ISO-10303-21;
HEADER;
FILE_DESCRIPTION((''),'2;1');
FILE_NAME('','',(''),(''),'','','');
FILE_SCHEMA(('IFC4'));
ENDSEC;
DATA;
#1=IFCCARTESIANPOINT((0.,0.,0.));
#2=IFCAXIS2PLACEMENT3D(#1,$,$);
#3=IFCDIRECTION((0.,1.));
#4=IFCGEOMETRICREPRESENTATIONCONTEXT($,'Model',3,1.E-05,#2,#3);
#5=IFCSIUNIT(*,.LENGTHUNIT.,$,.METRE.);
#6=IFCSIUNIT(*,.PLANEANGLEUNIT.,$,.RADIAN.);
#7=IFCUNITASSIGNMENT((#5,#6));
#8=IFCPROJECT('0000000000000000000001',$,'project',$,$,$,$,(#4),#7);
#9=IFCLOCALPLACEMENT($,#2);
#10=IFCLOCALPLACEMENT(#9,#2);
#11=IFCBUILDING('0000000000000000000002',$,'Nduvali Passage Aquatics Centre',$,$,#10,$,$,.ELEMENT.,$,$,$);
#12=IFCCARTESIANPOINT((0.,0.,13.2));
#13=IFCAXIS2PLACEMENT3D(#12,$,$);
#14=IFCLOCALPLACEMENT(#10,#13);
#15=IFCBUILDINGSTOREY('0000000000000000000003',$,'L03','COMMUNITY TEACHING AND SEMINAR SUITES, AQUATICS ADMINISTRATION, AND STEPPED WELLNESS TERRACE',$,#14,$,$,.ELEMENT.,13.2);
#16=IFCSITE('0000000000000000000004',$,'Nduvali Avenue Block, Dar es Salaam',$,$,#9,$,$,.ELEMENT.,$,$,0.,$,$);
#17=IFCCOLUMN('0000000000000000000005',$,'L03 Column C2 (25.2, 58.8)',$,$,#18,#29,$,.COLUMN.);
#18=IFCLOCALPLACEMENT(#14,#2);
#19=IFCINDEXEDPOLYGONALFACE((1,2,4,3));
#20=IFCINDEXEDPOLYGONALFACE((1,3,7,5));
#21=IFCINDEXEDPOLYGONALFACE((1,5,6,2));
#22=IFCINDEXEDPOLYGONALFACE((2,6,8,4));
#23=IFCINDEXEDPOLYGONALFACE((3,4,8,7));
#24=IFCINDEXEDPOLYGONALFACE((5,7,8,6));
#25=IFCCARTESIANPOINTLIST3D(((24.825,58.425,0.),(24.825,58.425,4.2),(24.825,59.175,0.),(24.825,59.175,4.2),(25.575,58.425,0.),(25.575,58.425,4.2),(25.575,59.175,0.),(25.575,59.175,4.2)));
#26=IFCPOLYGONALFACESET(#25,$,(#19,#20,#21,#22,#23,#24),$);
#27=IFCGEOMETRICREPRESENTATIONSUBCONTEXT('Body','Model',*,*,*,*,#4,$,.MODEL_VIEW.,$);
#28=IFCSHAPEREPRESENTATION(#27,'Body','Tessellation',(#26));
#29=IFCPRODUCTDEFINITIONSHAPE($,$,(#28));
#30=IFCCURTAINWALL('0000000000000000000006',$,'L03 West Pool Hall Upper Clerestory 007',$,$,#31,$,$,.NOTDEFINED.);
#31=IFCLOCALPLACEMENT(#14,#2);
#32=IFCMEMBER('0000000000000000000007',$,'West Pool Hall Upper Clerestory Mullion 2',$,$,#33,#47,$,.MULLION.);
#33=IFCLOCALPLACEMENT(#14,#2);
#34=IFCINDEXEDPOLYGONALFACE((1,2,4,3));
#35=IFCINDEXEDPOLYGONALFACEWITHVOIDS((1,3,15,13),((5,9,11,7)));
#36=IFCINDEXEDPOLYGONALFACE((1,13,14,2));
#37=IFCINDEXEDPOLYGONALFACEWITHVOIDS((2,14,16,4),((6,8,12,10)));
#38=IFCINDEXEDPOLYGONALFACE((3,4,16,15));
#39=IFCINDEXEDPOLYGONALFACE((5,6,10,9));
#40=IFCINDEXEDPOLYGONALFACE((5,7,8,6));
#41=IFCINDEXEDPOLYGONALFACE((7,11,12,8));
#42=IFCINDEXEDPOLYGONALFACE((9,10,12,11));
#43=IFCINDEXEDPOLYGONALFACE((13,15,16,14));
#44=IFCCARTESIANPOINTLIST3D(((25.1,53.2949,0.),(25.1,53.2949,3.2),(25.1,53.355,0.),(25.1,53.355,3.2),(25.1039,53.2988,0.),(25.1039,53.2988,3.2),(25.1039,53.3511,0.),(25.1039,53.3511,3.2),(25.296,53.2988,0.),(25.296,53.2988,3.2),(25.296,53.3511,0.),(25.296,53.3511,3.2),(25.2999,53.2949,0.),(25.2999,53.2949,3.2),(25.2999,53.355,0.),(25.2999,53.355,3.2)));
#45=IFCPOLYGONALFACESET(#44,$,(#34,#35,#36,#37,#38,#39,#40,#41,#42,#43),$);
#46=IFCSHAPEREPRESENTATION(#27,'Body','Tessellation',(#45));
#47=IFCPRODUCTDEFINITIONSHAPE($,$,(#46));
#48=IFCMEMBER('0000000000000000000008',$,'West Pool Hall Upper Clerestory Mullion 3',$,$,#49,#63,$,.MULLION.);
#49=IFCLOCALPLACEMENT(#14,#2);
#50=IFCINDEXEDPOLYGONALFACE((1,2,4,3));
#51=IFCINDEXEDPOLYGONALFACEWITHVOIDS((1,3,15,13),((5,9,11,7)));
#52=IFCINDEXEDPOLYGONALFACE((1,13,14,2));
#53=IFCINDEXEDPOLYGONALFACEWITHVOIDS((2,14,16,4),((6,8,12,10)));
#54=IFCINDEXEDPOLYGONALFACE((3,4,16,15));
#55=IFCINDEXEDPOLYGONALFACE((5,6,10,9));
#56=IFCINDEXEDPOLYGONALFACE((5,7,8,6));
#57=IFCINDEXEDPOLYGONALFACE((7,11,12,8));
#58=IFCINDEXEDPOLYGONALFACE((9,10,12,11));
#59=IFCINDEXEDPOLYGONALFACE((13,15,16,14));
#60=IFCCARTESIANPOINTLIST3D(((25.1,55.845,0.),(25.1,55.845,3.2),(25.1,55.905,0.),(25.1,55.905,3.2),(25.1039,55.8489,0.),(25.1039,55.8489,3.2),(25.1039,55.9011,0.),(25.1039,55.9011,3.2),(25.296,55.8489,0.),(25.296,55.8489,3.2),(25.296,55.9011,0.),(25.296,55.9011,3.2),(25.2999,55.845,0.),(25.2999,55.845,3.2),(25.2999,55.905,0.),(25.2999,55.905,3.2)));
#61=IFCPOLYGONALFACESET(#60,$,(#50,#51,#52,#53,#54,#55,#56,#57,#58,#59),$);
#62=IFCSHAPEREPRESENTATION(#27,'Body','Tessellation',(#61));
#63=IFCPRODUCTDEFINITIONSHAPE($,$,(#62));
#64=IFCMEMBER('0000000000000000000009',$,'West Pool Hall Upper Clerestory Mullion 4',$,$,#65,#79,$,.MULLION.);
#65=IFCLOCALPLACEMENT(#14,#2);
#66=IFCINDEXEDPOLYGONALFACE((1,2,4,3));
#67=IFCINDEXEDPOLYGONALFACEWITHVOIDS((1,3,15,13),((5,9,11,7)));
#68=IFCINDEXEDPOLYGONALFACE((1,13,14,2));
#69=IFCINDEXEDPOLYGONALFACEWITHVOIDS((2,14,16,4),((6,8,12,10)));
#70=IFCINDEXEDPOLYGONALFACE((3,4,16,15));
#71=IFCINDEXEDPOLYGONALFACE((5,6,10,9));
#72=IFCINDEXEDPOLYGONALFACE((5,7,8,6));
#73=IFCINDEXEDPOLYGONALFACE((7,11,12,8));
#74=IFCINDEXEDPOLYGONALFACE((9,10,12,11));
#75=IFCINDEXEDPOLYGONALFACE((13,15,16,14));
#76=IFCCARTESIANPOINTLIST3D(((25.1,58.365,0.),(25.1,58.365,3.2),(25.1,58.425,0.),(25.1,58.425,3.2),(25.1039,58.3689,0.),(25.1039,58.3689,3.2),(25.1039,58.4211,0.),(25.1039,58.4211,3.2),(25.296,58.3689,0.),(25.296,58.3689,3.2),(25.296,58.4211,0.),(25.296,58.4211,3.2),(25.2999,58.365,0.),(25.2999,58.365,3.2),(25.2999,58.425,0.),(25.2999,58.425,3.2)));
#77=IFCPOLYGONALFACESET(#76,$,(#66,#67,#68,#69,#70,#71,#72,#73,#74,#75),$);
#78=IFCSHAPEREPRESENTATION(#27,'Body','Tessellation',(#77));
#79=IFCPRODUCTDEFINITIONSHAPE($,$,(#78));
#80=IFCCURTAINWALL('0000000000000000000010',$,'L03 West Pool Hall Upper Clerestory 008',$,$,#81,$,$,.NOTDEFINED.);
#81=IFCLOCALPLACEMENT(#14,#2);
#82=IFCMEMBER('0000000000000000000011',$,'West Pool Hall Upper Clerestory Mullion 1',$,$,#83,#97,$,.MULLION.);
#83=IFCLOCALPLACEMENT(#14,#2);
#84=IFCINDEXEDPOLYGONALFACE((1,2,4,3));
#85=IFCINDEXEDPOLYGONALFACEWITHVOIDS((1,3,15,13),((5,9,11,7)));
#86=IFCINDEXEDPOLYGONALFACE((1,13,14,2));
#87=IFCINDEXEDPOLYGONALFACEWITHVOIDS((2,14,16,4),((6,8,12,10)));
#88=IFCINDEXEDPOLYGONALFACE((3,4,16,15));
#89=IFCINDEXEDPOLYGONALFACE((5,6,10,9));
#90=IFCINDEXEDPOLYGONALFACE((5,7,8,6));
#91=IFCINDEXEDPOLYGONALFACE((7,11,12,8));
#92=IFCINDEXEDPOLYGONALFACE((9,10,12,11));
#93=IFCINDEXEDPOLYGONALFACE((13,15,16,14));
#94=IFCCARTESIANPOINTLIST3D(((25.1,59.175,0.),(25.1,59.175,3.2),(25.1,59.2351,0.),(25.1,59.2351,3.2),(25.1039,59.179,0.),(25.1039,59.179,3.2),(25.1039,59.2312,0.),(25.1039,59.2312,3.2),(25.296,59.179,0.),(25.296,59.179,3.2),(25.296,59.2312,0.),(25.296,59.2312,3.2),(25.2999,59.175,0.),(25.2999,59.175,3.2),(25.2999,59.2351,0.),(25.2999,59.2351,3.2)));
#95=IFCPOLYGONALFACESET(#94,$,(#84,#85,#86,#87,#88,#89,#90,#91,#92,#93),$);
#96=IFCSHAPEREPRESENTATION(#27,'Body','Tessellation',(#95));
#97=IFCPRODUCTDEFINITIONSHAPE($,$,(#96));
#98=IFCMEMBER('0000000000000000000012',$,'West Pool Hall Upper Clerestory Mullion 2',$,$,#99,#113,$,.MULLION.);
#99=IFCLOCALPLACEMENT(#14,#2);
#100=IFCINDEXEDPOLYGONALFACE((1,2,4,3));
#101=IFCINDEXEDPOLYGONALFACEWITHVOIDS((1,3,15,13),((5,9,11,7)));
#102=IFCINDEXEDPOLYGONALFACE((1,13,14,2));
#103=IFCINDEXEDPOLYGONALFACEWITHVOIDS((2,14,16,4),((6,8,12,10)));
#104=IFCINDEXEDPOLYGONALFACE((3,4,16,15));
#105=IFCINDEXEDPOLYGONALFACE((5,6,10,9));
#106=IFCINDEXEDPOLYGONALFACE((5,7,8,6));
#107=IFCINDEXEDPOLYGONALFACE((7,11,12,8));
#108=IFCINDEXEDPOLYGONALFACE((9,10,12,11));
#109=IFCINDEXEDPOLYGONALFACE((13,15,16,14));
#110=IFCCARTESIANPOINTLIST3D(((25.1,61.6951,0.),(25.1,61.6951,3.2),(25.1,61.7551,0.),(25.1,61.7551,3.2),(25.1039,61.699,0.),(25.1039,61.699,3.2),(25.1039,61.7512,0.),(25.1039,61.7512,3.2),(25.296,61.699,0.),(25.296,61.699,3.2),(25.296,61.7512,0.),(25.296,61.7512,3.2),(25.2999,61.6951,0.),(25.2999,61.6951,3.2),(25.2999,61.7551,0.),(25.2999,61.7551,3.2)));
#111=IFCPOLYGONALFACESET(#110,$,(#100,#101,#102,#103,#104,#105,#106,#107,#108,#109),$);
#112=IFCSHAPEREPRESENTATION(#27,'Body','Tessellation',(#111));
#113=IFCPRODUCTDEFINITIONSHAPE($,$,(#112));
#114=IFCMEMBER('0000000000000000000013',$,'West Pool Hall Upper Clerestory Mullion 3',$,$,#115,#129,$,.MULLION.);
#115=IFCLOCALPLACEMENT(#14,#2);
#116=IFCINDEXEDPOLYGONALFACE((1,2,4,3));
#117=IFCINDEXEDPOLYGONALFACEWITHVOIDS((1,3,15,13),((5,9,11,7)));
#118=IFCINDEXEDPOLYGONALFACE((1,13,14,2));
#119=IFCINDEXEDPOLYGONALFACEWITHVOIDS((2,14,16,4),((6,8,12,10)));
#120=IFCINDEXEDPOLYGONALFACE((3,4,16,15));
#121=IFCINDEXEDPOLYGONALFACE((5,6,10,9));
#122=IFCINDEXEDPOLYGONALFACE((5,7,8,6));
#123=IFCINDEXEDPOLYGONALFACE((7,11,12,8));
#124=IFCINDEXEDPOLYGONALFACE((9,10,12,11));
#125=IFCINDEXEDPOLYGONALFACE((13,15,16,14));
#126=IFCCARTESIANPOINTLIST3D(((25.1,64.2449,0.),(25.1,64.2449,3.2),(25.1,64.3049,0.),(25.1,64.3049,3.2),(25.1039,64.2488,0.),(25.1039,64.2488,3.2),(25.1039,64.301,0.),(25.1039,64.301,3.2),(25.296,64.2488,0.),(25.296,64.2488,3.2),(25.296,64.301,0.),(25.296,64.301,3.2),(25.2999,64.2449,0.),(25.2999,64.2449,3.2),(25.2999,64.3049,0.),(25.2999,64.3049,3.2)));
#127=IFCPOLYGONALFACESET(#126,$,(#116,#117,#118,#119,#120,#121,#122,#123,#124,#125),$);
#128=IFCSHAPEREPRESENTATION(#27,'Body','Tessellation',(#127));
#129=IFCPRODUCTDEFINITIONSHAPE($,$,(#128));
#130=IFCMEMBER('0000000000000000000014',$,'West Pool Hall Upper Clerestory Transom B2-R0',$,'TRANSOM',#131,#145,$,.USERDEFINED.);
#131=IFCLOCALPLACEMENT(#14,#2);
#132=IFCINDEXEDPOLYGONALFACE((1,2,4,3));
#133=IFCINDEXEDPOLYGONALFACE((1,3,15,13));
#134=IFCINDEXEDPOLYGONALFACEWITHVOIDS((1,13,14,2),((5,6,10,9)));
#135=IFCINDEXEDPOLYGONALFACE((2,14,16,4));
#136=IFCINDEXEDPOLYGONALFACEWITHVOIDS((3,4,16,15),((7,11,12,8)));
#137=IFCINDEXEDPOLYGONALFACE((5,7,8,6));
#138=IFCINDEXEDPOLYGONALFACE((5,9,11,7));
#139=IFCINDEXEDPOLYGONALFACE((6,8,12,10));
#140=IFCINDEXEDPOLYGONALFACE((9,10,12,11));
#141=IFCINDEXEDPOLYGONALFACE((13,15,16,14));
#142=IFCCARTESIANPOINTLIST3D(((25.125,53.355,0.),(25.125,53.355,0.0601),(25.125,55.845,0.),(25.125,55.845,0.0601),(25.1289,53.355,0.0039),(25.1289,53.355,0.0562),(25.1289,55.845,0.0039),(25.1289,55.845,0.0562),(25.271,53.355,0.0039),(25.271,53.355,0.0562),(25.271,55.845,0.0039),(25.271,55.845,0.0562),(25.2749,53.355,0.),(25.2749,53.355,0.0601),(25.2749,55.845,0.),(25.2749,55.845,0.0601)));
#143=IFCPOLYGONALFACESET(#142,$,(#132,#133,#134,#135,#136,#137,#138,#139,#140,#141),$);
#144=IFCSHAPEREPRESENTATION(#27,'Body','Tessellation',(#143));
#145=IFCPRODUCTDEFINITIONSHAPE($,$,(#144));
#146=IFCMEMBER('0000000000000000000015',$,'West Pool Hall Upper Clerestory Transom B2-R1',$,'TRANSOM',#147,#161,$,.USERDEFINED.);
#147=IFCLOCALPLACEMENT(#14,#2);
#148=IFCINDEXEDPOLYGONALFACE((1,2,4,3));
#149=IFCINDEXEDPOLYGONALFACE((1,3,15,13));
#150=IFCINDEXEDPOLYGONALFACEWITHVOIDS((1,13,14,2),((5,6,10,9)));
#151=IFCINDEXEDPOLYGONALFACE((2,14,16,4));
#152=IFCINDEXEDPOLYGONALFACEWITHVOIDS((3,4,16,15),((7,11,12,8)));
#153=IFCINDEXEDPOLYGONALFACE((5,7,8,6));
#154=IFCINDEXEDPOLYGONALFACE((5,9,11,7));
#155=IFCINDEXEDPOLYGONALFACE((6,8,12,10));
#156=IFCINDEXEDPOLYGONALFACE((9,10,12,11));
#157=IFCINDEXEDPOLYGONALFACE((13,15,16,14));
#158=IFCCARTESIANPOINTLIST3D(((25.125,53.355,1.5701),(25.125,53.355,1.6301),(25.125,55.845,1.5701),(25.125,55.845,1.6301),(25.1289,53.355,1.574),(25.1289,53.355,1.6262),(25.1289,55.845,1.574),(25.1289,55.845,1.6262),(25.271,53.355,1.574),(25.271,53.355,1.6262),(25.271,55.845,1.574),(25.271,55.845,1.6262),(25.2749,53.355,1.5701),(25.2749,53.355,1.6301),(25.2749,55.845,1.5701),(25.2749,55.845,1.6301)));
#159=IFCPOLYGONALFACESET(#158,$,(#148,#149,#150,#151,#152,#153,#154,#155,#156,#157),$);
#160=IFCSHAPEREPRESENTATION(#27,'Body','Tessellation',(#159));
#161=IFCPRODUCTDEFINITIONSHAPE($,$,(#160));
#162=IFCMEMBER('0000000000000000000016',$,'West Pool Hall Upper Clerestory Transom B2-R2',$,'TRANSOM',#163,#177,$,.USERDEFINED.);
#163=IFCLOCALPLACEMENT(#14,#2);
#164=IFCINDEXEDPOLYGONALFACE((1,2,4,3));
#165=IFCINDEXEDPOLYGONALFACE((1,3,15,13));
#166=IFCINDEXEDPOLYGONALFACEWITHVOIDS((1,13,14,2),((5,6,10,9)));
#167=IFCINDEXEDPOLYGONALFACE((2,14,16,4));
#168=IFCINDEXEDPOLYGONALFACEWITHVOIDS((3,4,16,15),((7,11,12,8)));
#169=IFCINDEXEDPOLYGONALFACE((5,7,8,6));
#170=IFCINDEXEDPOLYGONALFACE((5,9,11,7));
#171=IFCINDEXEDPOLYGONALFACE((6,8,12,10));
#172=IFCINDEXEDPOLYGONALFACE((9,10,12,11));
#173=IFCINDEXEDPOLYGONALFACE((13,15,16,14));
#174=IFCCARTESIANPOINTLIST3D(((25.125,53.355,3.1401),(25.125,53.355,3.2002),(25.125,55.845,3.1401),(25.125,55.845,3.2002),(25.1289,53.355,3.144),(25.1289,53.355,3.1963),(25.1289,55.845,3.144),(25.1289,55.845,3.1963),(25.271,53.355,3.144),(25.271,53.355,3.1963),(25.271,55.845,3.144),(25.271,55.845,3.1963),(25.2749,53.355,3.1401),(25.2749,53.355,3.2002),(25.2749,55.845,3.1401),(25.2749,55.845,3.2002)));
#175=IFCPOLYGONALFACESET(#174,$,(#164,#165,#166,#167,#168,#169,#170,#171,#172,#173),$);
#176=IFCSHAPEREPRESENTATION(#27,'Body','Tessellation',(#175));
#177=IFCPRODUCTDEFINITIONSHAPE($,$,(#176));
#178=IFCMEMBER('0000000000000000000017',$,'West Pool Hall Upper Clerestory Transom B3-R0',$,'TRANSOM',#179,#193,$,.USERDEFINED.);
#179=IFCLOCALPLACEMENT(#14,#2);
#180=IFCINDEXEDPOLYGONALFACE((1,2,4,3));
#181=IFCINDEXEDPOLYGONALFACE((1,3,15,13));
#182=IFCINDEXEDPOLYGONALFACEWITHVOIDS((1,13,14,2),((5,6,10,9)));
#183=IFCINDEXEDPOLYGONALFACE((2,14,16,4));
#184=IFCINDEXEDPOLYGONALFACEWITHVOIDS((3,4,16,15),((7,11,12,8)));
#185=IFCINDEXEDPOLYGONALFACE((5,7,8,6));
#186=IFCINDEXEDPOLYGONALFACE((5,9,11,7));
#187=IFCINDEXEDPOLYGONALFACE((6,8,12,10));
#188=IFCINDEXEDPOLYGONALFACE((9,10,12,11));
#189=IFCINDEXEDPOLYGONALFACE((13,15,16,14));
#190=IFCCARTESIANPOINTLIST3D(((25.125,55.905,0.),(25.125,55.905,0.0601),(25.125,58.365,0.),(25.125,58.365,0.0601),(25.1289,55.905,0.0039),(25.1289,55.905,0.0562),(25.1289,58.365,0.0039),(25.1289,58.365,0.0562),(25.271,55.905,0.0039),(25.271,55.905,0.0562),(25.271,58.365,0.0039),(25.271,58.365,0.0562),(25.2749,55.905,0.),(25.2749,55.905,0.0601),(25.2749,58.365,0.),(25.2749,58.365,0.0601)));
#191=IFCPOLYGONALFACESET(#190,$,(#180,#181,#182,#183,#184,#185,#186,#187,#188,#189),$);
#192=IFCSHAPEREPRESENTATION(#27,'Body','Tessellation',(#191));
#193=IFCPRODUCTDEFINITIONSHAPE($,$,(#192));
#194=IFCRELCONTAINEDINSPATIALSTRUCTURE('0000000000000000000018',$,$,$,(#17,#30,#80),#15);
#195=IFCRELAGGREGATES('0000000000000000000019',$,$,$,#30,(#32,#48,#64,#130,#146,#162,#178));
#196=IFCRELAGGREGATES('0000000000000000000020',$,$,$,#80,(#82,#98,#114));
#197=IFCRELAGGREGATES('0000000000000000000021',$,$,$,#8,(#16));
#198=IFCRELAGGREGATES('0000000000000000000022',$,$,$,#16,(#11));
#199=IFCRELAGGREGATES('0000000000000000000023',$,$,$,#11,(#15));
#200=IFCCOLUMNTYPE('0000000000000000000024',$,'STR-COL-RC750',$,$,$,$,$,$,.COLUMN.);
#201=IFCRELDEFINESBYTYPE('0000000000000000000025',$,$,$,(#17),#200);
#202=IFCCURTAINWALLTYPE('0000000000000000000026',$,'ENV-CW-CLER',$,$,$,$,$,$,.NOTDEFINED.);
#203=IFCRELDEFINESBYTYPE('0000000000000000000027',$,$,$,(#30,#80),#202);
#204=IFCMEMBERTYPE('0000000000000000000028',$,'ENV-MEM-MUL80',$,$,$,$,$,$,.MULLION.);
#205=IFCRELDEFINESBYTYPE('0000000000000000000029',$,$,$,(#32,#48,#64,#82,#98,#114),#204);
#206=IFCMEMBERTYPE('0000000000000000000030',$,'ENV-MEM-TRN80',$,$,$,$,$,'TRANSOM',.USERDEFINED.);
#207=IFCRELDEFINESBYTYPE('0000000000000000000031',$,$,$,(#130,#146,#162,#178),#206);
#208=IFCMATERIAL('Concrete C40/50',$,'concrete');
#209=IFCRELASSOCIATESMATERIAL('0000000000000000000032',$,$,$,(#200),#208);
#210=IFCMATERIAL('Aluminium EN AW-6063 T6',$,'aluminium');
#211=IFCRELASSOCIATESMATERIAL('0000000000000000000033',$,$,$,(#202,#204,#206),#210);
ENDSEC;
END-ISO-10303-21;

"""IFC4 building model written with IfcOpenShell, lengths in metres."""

from ifc_helpers import new_model, si_unit, direction, frame, origin, origin_2d, place, context, subcontext, project, spatial, rectangle, hollow_rectangle, extrude, material, material_profile, profile_set, type_object, element, aggregate, save


model = new_model("IFC4")

# Units and contexts
model_context = context("Model", 3, precision=1e-05, world=origin(), true_north=direction((0.0, 1.0)))
body_context = subcontext(model_context, "Body", "Model", "MODEL_VIEW")
ifc_project = project(units=[si_unit("LENGTHUNIT", "METRE"), si_unit("PLANEANGLEUNIT", "RADIAN")], contexts=[model_context])

# Site, building, storey
site_placement = place(None, origin())
site = spatial("IfcSite", under=ifc_project, at=site_placement, Name="Nduvali Avenue Block, Dar es Salaam", CompositionType="ELEMENT", RefElevation=0.0)
building_placement = place(site_placement, origin())
building = spatial("IfcBuilding", under=site, at=building_placement, Name="Nduvali Passage Aquatics Centre", CompositionType="ELEMENT")
storey_placement = place(building_placement, frame((0.0, 0.0, 13.2)))
storey = spatial("IfcBuildingStorey", under=building, at=storey_placement, Name="L03", Description="COMMUNITY TEACHING AND SEMINAR SUITES, AQUATICS ADMINISTRATION, AND STEPPED WELLNESS TERRACE", CompositionType="ELEMENT", Elevation=13.2)

# Column
ifc_material_1 = material(Name="Concrete C40/50", Category="concrete")
ifc_material_profile_1 = material_profile(ifc_material_1, rectangle(XDim=0.75, YDim=0.75, at=origin_2d()), Name="RC 750x750")
ifc_profile_set_1 = profile_set([ifc_material_profile_1], Name="Concrete C40/50")
column_type = type_object("IfcColumnType", Name="STR-COL-RC750", PredefinedType="COLUMN", material=ifc_profile_set_1)
column_placement = place(storey_placement, frame((25.2, 58.8, 0.0), z_axis=(0.0, 0.0, 1.0), x_axis=(1.0, 0.0, 0.0)))
element("IfcColumn", 1, at=column_placement, inside=storey, type_object=column_type, Name="L03 Column C2 (25.2, 58.8)", PredefinedType="COLUMN", context=body_context, shape_type="SweptSolid", body=[
    extrude(rectangle(XDim=0.75, YDim=0.75, at=origin_2d()), origin(), (0.0, 0.0, 1.0), 4.2),
])

# Curtain walls, members
ifc_material_2 = material(Name="Aluminium EN AW-6063 T6", Category="aluminium")
curtain_wall_type = type_object("IfcCurtainWallType", Name="ENV-CW-CLER", PredefinedType="NOTDEFINED", material=ifc_material_2)
curtain_wall_1_placement = place(storey_placement, origin())
curtain_wall_1 = element("IfcCurtainWall", 2, at=curtain_wall_1_placement, inside=storey, type_object=curtain_wall_type, Name="L03 West Pool Hall Upper Clerestory 007", PredefinedType="NOTDEFINED")
ifc_material_profile_2 = material_profile(ifc_material_2, hollow_rectangle(XDim=0.0601, YDim=0.2, WallThickness=0.0039, at=origin_2d()), Name="ALU MULLION 60x200x4")
ifc_profile_set_2 = profile_set([ifc_material_profile_2], Name="Aluminium EN AW-6063 T6")
member_type_1 = type_object("IfcMemberType", Name="ENV-MEM-MUL80", PredefinedType="MULLION", material=ifc_profile_set_2)
member_1_placement = place(storey_placement, frame((25.2, 53.325, 0.0), z_axis=(0.0, 0.0, 1.0), x_axis=(0.0, 1.0, 0.0)))
member_1 = element("IfcMember", 3, at=member_1_placement, type_object=member_type_1, Name="West Pool Hall Upper Clerestory Mullion 2", PredefinedType="MULLION", context=body_context, shape_type="SweptSolid", body=[
    extrude(hollow_rectangle(XDim=0.0601, YDim=0.2, WallThickness=0.0039, at=origin_2d()), origin(), (0.0, 0.0, 1.0), 3.2),
])
member_2_placement = place(storey_placement, frame((25.2, 55.875, 0.0), z_axis=(0.0, 0.0, 1.0), x_axis=(0.0, 1.0, 0.0)))
member_2 = element("IfcMember", 4, at=member_2_placement, type_object=member_type_1, Name="West Pool Hall Upper Clerestory Mullion 3", PredefinedType="MULLION", context=body_context, shape_type="SweptSolid", body=[
    extrude(hollow_rectangle(XDim=0.0601, YDim=0.2, WallThickness=0.0039, at=origin_2d()), origin(), (0.0, 0.0, 1.0), 3.2),
])
member_3_placement = place(storey_placement, frame((25.2, 58.395, 0.0), z_axis=(0.0, 0.0, 1.0), x_axis=(0.0, 1.0, 0.0)))
member_3 = element("IfcMember", 5, at=member_3_placement, type_object=member_type_1, Name="West Pool Hall Upper Clerestory Mullion 4", PredefinedType="MULLION", context=body_context, shape_type="SweptSolid", body=[
    extrude(hollow_rectangle(XDim=0.0601, YDim=0.2, WallThickness=0.0039, at=origin_2d()), origin(), (0.0, 0.0, 1.0), 3.2),
])
curtain_wall_2_placement = place(storey_placement, origin())
curtain_wall_2 = element("IfcCurtainWall", 6, at=curtain_wall_2_placement, inside=storey, type_object=curtain_wall_type, Name="L03 West Pool Hall Upper Clerestory 008", PredefinedType="NOTDEFINED")
member_4_placement = place(storey_placement, frame((25.2, 59.2051, 0.0), z_axis=(0.0, 0.0, 1.0), x_axis=(0.0, 1.0, 0.0)))
member_4 = element("IfcMember", 7, at=member_4_placement, type_object=member_type_1, Name="West Pool Hall Upper Clerestory Mullion 1", PredefinedType="MULLION", context=body_context, shape_type="SweptSolid", body=[
    extrude(hollow_rectangle(XDim=0.0601, YDim=0.2, WallThickness=0.0039, at=origin_2d()), origin(), (0.0, 0.0, 1.0), 3.2),
])
member_5_placement = place(storey_placement, frame((25.2, 61.7251, 0.0), z_axis=(0.0, 0.0, 1.0), x_axis=(0.0, 1.0, 0.0)))
member_5 = element("IfcMember", 8, at=member_5_placement, type_object=member_type_1, Name="West Pool Hall Upper Clerestory Mullion 2", PredefinedType="MULLION", context=body_context, shape_type="SweptSolid", body=[
    extrude(hollow_rectangle(XDim=0.0601, YDim=0.2, WallThickness=0.0039, at=origin_2d()), origin(), (0.0, 0.0, 1.0), 3.2),
])
member_6_placement = place(storey_placement, frame((25.2, 64.2749, 0.0), z_axis=(0.0, 0.0, 1.0), x_axis=(0.0, 1.0, 0.0)))
member_6 = element("IfcMember", 9, at=member_6_placement, type_object=member_type_1, Name="West Pool Hall Upper Clerestory Mullion 3", PredefinedType="MULLION", context=body_context, shape_type="SweptSolid", body=[
    extrude(hollow_rectangle(XDim=0.0601, YDim=0.2, WallThickness=0.0039, at=origin_2d()), origin(), (0.0, 0.0, 1.0), 3.2),
])

# Members
ifc_material_profile_3 = material_profile(ifc_material_2, hollow_rectangle(XDim=0.1499, YDim=0.0601, WallThickness=0.0039, at=origin_2d()), Name="ALU TRANSOM 150x60x4")
ifc_profile_set_3 = profile_set([ifc_material_profile_3], Name="Aluminium EN AW-6063 T6")
member_type_2 = type_object("IfcMemberType", Name="ENV-MEM-TRN80", ElementType="TRANSOM", PredefinedType="USERDEFINED", material=ifc_profile_set_3)
member_7_placement = place(storey_placement, frame((25.2, 53.355, 0.03), z_axis=(0.0, 1.0, 0.0), x_axis=(-1.0, 0.0, 0.0)))
member_7 = element("IfcMember", 10, at=member_7_placement, type_object=member_type_2, Name="West Pool Hall Upper Clerestory Transom B2-R0", ObjectType="TRANSOM", PredefinedType="USERDEFINED", context=body_context, shape_type="SweptSolid", body=[
    extrude(hollow_rectangle(XDim=0.1499, YDim=0.0601, WallThickness=0.0039, at=origin_2d()), origin(), (0.0, 0.0, 1.0), 2.49),
])
member_8_placement = place(storey_placement, frame((25.2, 53.355, 1.6001), z_axis=(0.0, 1.0, 0.0), x_axis=(-1.0, 0.0, 0.0)))
member_8 = element("IfcMember", 11, at=member_8_placement, type_object=member_type_2, Name="West Pool Hall Upper Clerestory Transom B2-R1", ObjectType="TRANSOM", PredefinedType="USERDEFINED", context=body_context, shape_type="SweptSolid", body=[
    extrude(hollow_rectangle(XDim=0.1499, YDim=0.0601, WallThickness=0.0039, at=origin_2d()), origin(), (0.0, 0.0, 1.0), 2.49),
])
member_9_placement = place(storey_placement, frame((25.2, 53.355, 3.1702), z_axis=(0.0, 1.0, 0.0), x_axis=(-1.0, 0.0, 0.0)))
member_9 = element("IfcMember", 12, at=member_9_placement, type_object=member_type_2, Name="West Pool Hall Upper Clerestory Transom B2-R2", ObjectType="TRANSOM", PredefinedType="USERDEFINED", context=body_context, shape_type="SweptSolid", body=[
    extrude(hollow_rectangle(XDim=0.1499, YDim=0.0601, WallThickness=0.0039, at=origin_2d()), origin(), (0.0, 0.0, 1.0), 2.49),
])
member_10_placement = place(storey_placement, frame((25.2, 55.905, 0.03), z_axis=(0.0, 1.0, 0.0), x_axis=(-1.0, 0.0, 0.0)))
member_10 = element("IfcMember", 13, at=member_10_placement, type_object=member_type_2, Name="West Pool Hall Upper Clerestory Transom B3-R0", ObjectType="TRANSOM", PredefinedType="USERDEFINED", context=body_context, shape_type="SweptSolid", body=[
    extrude(hollow_rectangle(XDim=0.1499, YDim=0.0601, WallThickness=0.0039, at=origin_2d()), origin(), (0.0, 0.0, 1.0), 2.46),
])

aggregate(curtain_wall_1, [member_1, member_2, member_3, member_7, member_8, member_9, member_10])
aggregate(curtain_wall_2, [member_4, member_5, member_6])

save(model, "model.ifc")
